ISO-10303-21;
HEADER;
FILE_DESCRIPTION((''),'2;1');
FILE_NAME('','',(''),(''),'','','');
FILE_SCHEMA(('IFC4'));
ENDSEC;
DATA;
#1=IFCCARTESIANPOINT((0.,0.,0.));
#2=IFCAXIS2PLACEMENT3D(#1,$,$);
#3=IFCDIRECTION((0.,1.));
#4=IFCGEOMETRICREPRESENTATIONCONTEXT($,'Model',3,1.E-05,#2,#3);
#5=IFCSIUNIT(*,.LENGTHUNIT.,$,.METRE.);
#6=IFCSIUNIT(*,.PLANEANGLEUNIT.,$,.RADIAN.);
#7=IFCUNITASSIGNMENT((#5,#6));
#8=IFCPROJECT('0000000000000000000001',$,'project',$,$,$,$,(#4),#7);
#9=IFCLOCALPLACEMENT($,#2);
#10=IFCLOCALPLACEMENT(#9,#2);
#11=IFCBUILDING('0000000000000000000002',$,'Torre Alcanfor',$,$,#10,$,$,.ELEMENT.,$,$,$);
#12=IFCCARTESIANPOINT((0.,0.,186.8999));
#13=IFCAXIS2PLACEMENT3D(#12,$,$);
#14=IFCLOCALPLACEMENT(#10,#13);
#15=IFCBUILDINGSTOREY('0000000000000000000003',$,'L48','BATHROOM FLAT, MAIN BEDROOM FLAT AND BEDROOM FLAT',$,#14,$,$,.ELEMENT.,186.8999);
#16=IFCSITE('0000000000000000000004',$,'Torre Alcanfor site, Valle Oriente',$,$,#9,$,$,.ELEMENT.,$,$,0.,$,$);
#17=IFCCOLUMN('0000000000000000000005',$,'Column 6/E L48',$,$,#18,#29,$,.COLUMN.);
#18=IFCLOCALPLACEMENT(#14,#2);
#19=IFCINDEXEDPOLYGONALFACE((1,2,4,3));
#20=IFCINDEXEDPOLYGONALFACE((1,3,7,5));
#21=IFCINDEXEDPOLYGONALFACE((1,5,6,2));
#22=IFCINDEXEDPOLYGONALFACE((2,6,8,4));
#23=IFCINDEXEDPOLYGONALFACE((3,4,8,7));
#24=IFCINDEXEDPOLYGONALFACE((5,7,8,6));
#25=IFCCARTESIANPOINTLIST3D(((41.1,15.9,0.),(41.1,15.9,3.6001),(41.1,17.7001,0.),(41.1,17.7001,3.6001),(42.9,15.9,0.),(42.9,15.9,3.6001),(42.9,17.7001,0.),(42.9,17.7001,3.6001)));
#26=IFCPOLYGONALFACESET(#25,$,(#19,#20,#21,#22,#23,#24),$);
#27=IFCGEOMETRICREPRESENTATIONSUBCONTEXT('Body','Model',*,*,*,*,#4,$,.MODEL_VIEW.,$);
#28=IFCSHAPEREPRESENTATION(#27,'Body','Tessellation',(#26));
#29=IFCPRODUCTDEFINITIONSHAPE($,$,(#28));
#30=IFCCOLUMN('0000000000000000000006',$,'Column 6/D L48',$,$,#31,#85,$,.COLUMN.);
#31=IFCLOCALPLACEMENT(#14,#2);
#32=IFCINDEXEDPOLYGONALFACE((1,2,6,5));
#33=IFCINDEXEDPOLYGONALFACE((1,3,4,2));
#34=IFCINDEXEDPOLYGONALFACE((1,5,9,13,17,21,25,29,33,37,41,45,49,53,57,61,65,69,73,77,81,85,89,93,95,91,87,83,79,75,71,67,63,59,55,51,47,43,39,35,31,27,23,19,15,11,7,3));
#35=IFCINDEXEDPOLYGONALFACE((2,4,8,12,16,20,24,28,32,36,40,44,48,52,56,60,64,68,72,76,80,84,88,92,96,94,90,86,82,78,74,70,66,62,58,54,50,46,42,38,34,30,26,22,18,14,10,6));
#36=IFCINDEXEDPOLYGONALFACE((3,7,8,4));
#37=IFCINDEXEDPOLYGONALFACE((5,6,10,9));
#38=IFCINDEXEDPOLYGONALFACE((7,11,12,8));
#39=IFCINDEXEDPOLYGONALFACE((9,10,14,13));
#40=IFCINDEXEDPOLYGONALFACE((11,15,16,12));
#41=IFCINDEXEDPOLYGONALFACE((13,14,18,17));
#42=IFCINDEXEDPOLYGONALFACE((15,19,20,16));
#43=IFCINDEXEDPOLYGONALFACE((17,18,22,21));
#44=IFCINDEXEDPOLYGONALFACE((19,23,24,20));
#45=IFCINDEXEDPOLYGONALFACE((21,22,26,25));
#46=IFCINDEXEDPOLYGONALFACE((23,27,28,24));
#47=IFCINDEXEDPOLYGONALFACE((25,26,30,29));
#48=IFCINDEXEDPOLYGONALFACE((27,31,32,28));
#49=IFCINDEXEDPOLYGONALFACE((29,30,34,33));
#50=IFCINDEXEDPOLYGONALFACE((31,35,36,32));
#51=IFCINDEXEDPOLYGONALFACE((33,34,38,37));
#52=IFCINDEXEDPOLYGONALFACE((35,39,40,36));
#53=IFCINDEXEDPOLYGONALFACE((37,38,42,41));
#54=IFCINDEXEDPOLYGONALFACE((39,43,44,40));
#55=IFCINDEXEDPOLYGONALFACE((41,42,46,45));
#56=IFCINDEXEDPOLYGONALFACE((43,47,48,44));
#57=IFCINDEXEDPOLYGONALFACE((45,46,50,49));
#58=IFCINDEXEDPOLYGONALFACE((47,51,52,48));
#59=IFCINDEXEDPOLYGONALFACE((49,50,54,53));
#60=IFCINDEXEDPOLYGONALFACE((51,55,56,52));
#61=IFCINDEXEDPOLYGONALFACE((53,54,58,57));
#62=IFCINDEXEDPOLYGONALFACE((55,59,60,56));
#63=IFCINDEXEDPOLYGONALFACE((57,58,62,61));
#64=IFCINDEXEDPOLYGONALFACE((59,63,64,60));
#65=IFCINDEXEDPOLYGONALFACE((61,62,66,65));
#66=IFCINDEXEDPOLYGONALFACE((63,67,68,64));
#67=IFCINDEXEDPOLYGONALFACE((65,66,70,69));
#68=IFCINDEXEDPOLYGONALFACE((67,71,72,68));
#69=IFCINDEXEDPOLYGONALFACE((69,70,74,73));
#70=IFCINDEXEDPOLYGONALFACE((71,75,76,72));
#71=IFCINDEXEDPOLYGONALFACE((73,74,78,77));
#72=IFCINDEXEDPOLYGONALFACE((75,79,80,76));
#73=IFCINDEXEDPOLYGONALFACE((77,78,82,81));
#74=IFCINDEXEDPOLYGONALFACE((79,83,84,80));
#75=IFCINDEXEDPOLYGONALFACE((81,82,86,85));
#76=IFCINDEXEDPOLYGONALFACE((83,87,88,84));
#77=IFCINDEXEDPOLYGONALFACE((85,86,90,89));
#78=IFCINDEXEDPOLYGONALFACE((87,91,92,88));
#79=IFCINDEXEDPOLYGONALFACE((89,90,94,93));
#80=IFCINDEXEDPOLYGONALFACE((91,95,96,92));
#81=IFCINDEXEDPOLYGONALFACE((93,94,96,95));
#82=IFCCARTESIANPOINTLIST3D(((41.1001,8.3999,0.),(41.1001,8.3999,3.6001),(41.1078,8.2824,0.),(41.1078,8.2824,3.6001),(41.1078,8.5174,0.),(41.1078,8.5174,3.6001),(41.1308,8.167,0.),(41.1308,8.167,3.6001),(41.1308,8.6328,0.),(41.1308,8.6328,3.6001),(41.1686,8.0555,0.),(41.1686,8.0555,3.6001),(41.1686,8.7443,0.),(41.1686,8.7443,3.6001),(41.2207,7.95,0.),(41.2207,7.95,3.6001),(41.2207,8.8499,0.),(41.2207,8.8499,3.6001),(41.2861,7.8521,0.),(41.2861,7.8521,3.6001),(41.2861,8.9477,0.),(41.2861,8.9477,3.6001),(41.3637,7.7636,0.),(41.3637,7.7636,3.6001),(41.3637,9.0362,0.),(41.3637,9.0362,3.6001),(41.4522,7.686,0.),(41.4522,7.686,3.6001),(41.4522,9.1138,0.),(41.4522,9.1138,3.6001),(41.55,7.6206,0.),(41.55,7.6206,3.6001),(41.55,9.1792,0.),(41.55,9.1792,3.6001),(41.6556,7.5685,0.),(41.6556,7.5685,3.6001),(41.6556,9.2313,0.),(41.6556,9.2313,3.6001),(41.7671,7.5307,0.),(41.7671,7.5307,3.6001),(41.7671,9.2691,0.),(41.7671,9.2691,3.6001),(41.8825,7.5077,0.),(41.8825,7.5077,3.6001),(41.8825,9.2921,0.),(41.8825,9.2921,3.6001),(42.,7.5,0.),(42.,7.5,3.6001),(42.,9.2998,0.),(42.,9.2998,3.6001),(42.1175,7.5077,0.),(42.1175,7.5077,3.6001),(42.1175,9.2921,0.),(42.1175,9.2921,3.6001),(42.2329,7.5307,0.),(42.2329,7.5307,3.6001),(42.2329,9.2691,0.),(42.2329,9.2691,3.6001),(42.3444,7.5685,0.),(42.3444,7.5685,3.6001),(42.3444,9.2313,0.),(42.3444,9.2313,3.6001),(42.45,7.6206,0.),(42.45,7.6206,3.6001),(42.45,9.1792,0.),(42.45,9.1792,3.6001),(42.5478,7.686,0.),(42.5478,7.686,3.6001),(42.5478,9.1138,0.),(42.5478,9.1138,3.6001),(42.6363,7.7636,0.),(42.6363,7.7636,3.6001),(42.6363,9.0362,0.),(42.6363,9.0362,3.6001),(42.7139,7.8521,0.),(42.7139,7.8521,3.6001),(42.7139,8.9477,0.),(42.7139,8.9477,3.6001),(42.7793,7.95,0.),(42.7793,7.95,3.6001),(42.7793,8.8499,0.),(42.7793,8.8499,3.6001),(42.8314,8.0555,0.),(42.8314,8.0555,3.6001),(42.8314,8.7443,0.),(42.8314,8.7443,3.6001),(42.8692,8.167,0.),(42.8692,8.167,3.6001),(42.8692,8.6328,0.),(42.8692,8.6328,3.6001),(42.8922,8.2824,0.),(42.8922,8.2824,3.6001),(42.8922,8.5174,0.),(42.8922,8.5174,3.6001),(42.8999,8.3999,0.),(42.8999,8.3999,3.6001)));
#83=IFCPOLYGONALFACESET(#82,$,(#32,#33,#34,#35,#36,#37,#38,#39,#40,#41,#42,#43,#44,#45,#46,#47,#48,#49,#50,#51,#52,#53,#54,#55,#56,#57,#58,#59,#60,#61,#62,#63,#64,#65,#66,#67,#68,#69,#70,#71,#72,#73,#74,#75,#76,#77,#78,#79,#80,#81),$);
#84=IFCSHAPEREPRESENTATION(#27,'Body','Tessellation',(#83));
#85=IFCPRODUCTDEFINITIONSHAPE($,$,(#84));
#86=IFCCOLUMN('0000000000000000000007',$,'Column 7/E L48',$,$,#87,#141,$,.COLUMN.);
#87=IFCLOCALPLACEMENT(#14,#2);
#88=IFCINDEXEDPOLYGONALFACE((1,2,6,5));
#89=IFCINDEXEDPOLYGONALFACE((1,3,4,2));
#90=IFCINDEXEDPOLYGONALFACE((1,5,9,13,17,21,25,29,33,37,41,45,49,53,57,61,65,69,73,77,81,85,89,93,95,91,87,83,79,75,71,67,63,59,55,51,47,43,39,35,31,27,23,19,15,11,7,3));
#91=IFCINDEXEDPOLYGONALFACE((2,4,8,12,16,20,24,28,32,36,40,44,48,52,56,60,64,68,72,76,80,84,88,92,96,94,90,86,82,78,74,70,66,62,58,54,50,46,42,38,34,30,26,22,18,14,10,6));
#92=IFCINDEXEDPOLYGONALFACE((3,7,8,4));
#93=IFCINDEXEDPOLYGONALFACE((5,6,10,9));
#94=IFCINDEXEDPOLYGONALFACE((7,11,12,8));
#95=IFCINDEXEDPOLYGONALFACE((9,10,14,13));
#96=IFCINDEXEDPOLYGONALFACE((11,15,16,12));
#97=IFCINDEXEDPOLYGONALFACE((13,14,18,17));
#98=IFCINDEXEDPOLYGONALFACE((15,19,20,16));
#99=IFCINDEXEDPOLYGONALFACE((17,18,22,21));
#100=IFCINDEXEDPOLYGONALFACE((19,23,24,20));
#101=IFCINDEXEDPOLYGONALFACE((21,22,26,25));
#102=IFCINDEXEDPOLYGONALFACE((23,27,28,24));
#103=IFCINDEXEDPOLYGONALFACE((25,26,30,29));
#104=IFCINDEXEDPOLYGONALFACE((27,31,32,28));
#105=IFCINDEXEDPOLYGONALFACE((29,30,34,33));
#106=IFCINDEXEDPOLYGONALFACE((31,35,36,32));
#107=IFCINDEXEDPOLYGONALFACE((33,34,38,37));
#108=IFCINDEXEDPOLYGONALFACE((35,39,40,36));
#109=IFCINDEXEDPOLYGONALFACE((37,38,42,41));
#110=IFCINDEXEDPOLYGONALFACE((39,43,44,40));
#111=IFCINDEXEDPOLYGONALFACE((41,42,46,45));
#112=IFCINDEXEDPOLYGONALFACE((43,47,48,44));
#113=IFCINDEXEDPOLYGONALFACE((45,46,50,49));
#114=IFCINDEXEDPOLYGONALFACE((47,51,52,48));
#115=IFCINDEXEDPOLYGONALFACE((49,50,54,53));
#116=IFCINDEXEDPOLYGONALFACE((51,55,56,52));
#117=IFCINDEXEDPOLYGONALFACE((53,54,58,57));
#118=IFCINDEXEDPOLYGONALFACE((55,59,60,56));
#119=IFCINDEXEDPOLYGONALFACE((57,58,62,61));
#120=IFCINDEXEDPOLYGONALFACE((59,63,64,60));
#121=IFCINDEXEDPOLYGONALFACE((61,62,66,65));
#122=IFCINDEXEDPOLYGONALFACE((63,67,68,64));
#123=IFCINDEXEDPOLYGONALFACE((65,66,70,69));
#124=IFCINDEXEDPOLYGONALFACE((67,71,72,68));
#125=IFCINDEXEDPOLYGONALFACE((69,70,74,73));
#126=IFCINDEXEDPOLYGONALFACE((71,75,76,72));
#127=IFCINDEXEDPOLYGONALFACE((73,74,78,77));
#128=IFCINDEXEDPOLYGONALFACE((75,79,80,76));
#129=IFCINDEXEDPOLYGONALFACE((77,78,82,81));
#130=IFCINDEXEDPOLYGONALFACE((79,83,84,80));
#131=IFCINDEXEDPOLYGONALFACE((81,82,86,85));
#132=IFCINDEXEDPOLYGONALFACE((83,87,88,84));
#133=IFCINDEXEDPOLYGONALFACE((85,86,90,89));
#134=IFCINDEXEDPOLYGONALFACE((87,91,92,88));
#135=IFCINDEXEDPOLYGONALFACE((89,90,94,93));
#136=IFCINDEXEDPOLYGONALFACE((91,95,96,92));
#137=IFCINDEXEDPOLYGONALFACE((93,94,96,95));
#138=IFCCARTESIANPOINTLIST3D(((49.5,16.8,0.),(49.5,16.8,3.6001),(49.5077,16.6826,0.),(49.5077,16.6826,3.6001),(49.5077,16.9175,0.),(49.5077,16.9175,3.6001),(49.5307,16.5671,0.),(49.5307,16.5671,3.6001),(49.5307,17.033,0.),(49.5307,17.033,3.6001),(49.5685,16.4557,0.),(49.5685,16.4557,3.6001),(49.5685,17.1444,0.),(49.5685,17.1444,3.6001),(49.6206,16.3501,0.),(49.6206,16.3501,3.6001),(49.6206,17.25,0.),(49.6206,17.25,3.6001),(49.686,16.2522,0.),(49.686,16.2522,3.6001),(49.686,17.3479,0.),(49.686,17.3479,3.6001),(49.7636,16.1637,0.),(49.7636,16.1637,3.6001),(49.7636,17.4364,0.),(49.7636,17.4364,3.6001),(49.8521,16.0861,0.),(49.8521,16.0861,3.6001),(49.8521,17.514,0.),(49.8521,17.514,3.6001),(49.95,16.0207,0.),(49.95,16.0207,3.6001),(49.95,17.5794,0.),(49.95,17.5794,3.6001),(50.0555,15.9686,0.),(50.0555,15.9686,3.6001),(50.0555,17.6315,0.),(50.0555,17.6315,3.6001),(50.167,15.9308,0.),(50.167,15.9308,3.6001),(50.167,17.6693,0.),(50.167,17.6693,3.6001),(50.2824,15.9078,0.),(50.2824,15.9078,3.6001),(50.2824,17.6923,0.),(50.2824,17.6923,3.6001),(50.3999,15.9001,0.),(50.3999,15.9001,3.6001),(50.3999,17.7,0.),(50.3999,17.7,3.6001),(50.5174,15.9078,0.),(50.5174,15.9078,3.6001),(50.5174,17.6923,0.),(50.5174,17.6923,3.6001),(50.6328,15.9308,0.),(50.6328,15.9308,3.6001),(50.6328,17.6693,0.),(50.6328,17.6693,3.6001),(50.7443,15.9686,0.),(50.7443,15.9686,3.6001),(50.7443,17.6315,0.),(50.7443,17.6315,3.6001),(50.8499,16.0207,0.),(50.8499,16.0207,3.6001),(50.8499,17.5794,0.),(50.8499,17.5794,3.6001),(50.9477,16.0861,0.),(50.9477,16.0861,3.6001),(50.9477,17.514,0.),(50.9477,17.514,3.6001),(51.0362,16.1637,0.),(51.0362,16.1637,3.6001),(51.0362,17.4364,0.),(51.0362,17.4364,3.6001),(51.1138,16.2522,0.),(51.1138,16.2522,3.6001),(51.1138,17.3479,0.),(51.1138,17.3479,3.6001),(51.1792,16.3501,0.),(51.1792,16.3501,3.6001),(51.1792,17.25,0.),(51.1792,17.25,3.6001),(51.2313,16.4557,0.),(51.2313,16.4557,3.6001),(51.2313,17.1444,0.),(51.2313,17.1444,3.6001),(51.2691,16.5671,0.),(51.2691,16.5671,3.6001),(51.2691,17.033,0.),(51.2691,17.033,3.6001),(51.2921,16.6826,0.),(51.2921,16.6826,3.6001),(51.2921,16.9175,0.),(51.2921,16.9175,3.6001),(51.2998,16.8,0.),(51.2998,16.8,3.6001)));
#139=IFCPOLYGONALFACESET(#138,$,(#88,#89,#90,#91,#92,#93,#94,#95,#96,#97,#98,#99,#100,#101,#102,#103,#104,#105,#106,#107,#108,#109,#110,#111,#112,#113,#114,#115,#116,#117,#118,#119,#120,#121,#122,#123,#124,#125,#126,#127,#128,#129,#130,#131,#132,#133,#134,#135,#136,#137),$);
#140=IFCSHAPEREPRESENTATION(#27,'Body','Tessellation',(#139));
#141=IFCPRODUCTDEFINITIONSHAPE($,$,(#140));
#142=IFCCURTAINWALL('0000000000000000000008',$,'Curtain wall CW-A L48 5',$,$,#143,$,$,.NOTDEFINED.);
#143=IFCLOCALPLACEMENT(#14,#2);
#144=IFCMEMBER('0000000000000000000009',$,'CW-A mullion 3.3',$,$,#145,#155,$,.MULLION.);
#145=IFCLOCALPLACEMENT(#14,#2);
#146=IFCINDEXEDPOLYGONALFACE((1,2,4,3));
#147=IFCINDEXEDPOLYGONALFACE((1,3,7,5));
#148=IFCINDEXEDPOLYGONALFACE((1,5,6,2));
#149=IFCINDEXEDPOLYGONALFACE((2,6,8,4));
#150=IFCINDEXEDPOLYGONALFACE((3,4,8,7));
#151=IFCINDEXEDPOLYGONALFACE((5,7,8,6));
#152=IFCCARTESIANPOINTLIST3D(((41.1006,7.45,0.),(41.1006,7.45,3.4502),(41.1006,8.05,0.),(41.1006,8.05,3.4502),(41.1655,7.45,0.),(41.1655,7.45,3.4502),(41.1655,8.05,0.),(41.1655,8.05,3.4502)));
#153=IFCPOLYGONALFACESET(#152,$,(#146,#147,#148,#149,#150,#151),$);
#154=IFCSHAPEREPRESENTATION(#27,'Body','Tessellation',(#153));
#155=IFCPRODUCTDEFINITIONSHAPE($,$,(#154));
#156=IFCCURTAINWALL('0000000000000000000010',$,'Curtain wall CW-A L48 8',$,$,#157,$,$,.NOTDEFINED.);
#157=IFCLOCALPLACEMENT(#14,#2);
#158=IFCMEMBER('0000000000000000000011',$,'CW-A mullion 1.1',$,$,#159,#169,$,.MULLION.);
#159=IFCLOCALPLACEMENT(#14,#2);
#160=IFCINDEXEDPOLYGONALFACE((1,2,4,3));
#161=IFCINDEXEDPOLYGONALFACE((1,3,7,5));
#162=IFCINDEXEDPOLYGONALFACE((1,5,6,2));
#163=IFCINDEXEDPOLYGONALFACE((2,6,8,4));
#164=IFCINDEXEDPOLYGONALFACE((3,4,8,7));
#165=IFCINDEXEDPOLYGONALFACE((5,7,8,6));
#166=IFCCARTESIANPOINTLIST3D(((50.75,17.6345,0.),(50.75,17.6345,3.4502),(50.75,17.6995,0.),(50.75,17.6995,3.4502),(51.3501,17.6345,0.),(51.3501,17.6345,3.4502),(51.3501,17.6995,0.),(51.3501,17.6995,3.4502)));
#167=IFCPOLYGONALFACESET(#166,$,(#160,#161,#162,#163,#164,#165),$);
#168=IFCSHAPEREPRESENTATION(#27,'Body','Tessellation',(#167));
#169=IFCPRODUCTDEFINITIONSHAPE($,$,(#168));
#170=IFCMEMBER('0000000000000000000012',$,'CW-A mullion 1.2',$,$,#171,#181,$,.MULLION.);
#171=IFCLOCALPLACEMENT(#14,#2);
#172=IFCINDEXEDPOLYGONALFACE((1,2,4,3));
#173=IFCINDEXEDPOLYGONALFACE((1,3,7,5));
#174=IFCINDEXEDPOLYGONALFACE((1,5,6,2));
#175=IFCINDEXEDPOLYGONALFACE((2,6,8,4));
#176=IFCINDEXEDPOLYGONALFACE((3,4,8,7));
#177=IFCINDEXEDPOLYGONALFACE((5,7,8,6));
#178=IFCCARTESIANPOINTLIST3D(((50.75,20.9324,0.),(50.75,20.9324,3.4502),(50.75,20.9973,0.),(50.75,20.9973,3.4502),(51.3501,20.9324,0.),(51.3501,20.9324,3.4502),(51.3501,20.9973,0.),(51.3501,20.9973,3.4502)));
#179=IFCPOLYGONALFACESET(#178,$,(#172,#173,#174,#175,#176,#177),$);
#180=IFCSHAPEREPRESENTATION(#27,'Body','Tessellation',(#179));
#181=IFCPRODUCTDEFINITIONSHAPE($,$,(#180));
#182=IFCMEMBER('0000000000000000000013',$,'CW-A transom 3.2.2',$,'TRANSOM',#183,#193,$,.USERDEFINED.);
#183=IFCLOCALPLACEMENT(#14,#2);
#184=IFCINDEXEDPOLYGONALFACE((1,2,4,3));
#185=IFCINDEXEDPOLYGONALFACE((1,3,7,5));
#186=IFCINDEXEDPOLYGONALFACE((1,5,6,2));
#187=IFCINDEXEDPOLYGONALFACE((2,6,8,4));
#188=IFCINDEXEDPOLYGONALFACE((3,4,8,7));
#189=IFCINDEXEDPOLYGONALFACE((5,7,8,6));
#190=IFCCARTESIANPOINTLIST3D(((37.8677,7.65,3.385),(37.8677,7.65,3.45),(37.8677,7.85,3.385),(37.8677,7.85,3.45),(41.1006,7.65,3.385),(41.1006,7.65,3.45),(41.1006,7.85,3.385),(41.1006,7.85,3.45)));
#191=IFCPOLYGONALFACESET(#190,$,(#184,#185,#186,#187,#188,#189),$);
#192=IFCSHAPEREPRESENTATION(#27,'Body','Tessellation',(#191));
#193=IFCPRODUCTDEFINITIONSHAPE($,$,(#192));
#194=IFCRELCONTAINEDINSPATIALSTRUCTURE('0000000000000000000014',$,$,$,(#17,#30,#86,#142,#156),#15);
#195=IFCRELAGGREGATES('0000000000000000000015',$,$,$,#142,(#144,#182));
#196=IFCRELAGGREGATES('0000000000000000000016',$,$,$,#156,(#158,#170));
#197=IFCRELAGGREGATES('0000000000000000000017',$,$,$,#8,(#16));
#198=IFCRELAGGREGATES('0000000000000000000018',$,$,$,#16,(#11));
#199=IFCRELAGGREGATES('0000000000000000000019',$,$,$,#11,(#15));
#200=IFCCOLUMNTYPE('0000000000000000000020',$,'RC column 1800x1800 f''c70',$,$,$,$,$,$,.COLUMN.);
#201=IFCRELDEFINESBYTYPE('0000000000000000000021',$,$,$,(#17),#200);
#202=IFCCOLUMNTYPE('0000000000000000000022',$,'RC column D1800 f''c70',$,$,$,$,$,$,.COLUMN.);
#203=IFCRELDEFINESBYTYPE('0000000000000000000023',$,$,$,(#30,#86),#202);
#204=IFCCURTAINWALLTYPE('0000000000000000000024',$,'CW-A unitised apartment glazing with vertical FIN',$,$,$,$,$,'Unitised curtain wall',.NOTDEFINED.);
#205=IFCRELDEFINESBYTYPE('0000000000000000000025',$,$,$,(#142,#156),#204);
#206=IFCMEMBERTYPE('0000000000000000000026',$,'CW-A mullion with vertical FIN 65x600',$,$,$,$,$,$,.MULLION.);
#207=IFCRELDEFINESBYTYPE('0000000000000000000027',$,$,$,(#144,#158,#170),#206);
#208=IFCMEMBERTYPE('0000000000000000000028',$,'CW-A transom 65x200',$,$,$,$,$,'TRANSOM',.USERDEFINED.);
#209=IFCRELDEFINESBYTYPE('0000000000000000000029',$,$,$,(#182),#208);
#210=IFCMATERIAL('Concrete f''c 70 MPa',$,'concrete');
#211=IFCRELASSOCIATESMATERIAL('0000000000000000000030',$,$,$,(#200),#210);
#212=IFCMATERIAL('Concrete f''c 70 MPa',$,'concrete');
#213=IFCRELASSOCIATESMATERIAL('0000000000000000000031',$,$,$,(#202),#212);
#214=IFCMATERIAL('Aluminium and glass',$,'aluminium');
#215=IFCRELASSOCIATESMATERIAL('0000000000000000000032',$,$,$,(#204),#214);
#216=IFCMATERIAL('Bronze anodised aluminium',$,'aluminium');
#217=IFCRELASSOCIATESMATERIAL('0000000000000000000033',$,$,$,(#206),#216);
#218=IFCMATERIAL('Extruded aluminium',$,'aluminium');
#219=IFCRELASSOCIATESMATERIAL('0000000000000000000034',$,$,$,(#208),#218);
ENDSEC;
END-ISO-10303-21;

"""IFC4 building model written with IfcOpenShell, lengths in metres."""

from ifc_helpers import new_model, si_unit, direction, frame, origin, origin_2d, place, context, subcontext, project, spatial, rectangle, circle, extrude, material, material_profile, profile_set, type_object, element, aggregate, save


model = new_model("IFC4")

# Units and contexts
model_context = context("Model", 3, precision=1e-05, world=origin(), true_north=direction((0.0, 1.0)))
body_context = subcontext(model_context, "Body", "Model", "MODEL_VIEW")
ifc_project = project(units=[si_unit("LENGTHUNIT", "METRE"), si_unit("PLANEANGLEUNIT", "RADIAN")], contexts=[model_context])

# Site, building, storey
site_placement = place(None, origin())
site = spatial("IfcSite", under=ifc_project, at=site_placement, Name="Torre Alcanfor site, Valle Oriente", CompositionType="ELEMENT", RefElevation=0.0)
building_placement = place(site_placement, origin())
building = spatial("IfcBuilding", under=site, at=building_placement, Name="Torre Alcanfor", CompositionType="ELEMENT")
storey_placement = place(building_placement, frame((0.0, 0.0, 186.8999)))
storey = spatial("IfcBuildingStorey", under=building, at=storey_placement, Name="L48", Description="BATHROOM FLAT, MAIN BEDROOM FLAT AND BEDROOM FLAT", CompositionType="ELEMENT", Elevation=186.8999)

# Columns
ifc_material_1 = material(Name="Concrete f'c 70 MPa", Category="concrete")
ifc_material_profile_1 = material_profile(ifc_material_1, rectangle(XDim=1.8, YDim=1.8, at=origin_2d()), Name="1800x1800")
ifc_profile_set_1 = profile_set([ifc_material_profile_1], Name="Concrete f'c 70 MPa")
column_type_1 = type_object("IfcColumnType", Name="RC column 1800x1800 f'c70", PredefinedType="COLUMN", material=ifc_profile_set_1)
column_placement = place(storey_placement, frame((42.0, 16.8, 0.0), z_axis=(0.0, 0.0, 1.0), x_axis=(1.0, 0.0, 0.0)))
element("IfcColumn", 1, at=column_placement, inside=storey, type_object=column_type_1, Name="Column 6/E L48", PredefinedType="COLUMN", context=body_context, shape_type="SweptSolid", body=[
    extrude(rectangle(XDim=1.8, YDim=1.8, at=origin_2d()), origin(), (0.0, 0.0, 1.0), 3.6001),
])
ifc_material_2 = material(Name="Concrete f'c 70 MPa", Category="concrete")
ifc_material_profile_2 = material_profile(ifc_material_2, circle(Radius=0.8999, at=origin_2d()), Name="D1800")
ifc_profile_set_2 = profile_set([ifc_material_profile_2], Name="Concrete f'c 70 MPa")
column_type_2 = type_object("IfcColumnType", Name="RC column D1800 f'c70", PredefinedType="COLUMN", material=ifc_profile_set_2)
for number, where, z_axis, x_axis, name in (
    (2, (42.0, 8.3999, 0.0), (0.0, 0.0, 1.0), (1.0, 0.0, 0.0), "Column 6/D L48"),
    (3, (50.3999, 16.8, 0.0), (0.0, 0.0, 1.0), (1.0, 0.0, 0.0), "Column 7/E L48"),
):
    element("IfcColumn", number, at=place(storey_placement, frame(where, z_axis=z_axis, x_axis=x_axis)), inside=storey, type_object=column_type_2, Name=name, PredefinedType="COLUMN", context=body_context, shape_type="SweptSolid", body=[
        extrude(circle(Radius=0.8999, at=origin_2d()), origin(), (0.0, 0.0, 1.0), 3.6001),
    ])

# Curtain wall, member
ifc_material_3 = material(Name="Aluminium and glass", Category="aluminium")
curtain_wall_type = type_object("IfcCurtainWallType", Name="CW-A unitised apartment glazing with vertical FIN", ElementType="Unitised curtain wall", PredefinedType="NOTDEFINED", material=ifc_material_3)
curtain_wall_1_placement = place(storey_placement, origin())
curtain_wall_1 = element("IfcCurtainWall", 4, at=curtain_wall_1_placement, inside=storey, type_object=curtain_wall_type, Name="Curtain wall CW-A L48 5", PredefinedType="NOTDEFINED")
ifc_material_4 = material(Name="Bronze anodised aluminium", Category="aluminium")
ifc_material_profile_3 = material_profile(ifc_material_4, rectangle(XDim=0.6001, YDim=0.0649, at=origin_2d()), Name="CW-A mullion 65x600")
ifc_profile_set_3 = profile_set([ifc_material_profile_3], Name="Bronze anodised aluminium")
member_type_1 = type_object("IfcMemberType", Name="CW-A mullion with vertical FIN 65x600", PredefinedType="MULLION", material=ifc_profile_set_3)
member_1_placement = place(storey_placement, frame((41.1331, 7.75, 0.0), z_axis=(0.0, 0.0, 1.0), x_axis=(0.0, 1.0, 0.0)))
member_1 = element("IfcMember", 5, at=member_1_placement, type_object=member_type_1, Name="CW-A mullion 3.3", PredefinedType="MULLION", context=body_context, shape_type="SweptSolid", body=[
    extrude(rectangle(XDim=0.6001, YDim=0.0649, at=origin_2d()), origin(), (0.0, 0.0, 1.0), 3.4502),
])

# Curtain wall, members
curtain_wall_2_placement = place(storey_placement, origin())
curtain_wall_2 = element("IfcCurtainWall", 6, at=curtain_wall_2_placement, inside=storey, type_object=curtain_wall_type, Name="Curtain wall CW-A L48 8", PredefinedType="NOTDEFINED")
member_2_placement = place(storey_placement, frame((51.05, 17.667, 0.0), z_axis=(0.0, 0.0, 1.0), x_axis=(-1.0, 0.0, 0.0)))
member_2 = element("IfcMember", 7, at=member_2_placement, type_object=member_type_1, Name="CW-A mullion 1.1", PredefinedType="MULLION", context=body_context, shape_type="SweptSolid", body=[
    extrude(rectangle(XDim=0.6001, YDim=0.0649, at=origin_2d()), origin(), (0.0, 0.0, 1.0), 3.4502),
])
member_3_placement = place(storey_placement, frame((51.05, 20.9648, 0.0), z_axis=(0.0, 0.0, 1.0), x_axis=(-1.0, 0.0, 0.0)))
member_3 = element("IfcMember", 8, at=member_3_placement, type_object=member_type_1, Name="CW-A mullion 1.2", PredefinedType="MULLION", context=body_context, shape_type="SweptSolid", body=[
    extrude(rectangle(XDim=0.6001, YDim=0.0649, at=origin_2d()), origin(), (0.0, 0.0, 1.0), 3.4502),
])

# Member
ifc_material_5 = material(Name="Extruded aluminium", Category="aluminium")
ifc_material_profile_4 = material_profile(ifc_material_5, rectangle(XDim=0.2, YDim=0.0649, at=origin_2d()), Name="CW-A transom 200x65")
ifc_profile_set_4 = profile_set([ifc_material_profile_4], Name="Extruded aluminium")
member_type_2 = type_object("IfcMemberType", Name="CW-A transom 65x200", ElementType="TRANSOM", PredefinedType="USERDEFINED", material=ifc_profile_set_4)
member_4_placement = place(storey_placement, frame((37.8677, 7.75, 3.4175), z_axis=(1.0, 0.0, 0.0), x_axis=(0.0, 1.0, 0.0)))
member_4 = element("IfcMember", 9, at=member_4_placement, type_object=member_type_2, Name="CW-A transom 3.2.2", ObjectType="TRANSOM", PredefinedType="USERDEFINED", context=body_context, shape_type="SweptSolid", body=[
    extrude(rectangle(XDim=0.2, YDim=0.0649, at=origin_2d()), origin(), (0.0, 0.0, 1.0), 3.2329),
])

aggregate(curtain_wall_1, [member_1, member_4])
aggregate(curtain_wall_2, [member_2, member_3])

save(model, "model.ifc")
